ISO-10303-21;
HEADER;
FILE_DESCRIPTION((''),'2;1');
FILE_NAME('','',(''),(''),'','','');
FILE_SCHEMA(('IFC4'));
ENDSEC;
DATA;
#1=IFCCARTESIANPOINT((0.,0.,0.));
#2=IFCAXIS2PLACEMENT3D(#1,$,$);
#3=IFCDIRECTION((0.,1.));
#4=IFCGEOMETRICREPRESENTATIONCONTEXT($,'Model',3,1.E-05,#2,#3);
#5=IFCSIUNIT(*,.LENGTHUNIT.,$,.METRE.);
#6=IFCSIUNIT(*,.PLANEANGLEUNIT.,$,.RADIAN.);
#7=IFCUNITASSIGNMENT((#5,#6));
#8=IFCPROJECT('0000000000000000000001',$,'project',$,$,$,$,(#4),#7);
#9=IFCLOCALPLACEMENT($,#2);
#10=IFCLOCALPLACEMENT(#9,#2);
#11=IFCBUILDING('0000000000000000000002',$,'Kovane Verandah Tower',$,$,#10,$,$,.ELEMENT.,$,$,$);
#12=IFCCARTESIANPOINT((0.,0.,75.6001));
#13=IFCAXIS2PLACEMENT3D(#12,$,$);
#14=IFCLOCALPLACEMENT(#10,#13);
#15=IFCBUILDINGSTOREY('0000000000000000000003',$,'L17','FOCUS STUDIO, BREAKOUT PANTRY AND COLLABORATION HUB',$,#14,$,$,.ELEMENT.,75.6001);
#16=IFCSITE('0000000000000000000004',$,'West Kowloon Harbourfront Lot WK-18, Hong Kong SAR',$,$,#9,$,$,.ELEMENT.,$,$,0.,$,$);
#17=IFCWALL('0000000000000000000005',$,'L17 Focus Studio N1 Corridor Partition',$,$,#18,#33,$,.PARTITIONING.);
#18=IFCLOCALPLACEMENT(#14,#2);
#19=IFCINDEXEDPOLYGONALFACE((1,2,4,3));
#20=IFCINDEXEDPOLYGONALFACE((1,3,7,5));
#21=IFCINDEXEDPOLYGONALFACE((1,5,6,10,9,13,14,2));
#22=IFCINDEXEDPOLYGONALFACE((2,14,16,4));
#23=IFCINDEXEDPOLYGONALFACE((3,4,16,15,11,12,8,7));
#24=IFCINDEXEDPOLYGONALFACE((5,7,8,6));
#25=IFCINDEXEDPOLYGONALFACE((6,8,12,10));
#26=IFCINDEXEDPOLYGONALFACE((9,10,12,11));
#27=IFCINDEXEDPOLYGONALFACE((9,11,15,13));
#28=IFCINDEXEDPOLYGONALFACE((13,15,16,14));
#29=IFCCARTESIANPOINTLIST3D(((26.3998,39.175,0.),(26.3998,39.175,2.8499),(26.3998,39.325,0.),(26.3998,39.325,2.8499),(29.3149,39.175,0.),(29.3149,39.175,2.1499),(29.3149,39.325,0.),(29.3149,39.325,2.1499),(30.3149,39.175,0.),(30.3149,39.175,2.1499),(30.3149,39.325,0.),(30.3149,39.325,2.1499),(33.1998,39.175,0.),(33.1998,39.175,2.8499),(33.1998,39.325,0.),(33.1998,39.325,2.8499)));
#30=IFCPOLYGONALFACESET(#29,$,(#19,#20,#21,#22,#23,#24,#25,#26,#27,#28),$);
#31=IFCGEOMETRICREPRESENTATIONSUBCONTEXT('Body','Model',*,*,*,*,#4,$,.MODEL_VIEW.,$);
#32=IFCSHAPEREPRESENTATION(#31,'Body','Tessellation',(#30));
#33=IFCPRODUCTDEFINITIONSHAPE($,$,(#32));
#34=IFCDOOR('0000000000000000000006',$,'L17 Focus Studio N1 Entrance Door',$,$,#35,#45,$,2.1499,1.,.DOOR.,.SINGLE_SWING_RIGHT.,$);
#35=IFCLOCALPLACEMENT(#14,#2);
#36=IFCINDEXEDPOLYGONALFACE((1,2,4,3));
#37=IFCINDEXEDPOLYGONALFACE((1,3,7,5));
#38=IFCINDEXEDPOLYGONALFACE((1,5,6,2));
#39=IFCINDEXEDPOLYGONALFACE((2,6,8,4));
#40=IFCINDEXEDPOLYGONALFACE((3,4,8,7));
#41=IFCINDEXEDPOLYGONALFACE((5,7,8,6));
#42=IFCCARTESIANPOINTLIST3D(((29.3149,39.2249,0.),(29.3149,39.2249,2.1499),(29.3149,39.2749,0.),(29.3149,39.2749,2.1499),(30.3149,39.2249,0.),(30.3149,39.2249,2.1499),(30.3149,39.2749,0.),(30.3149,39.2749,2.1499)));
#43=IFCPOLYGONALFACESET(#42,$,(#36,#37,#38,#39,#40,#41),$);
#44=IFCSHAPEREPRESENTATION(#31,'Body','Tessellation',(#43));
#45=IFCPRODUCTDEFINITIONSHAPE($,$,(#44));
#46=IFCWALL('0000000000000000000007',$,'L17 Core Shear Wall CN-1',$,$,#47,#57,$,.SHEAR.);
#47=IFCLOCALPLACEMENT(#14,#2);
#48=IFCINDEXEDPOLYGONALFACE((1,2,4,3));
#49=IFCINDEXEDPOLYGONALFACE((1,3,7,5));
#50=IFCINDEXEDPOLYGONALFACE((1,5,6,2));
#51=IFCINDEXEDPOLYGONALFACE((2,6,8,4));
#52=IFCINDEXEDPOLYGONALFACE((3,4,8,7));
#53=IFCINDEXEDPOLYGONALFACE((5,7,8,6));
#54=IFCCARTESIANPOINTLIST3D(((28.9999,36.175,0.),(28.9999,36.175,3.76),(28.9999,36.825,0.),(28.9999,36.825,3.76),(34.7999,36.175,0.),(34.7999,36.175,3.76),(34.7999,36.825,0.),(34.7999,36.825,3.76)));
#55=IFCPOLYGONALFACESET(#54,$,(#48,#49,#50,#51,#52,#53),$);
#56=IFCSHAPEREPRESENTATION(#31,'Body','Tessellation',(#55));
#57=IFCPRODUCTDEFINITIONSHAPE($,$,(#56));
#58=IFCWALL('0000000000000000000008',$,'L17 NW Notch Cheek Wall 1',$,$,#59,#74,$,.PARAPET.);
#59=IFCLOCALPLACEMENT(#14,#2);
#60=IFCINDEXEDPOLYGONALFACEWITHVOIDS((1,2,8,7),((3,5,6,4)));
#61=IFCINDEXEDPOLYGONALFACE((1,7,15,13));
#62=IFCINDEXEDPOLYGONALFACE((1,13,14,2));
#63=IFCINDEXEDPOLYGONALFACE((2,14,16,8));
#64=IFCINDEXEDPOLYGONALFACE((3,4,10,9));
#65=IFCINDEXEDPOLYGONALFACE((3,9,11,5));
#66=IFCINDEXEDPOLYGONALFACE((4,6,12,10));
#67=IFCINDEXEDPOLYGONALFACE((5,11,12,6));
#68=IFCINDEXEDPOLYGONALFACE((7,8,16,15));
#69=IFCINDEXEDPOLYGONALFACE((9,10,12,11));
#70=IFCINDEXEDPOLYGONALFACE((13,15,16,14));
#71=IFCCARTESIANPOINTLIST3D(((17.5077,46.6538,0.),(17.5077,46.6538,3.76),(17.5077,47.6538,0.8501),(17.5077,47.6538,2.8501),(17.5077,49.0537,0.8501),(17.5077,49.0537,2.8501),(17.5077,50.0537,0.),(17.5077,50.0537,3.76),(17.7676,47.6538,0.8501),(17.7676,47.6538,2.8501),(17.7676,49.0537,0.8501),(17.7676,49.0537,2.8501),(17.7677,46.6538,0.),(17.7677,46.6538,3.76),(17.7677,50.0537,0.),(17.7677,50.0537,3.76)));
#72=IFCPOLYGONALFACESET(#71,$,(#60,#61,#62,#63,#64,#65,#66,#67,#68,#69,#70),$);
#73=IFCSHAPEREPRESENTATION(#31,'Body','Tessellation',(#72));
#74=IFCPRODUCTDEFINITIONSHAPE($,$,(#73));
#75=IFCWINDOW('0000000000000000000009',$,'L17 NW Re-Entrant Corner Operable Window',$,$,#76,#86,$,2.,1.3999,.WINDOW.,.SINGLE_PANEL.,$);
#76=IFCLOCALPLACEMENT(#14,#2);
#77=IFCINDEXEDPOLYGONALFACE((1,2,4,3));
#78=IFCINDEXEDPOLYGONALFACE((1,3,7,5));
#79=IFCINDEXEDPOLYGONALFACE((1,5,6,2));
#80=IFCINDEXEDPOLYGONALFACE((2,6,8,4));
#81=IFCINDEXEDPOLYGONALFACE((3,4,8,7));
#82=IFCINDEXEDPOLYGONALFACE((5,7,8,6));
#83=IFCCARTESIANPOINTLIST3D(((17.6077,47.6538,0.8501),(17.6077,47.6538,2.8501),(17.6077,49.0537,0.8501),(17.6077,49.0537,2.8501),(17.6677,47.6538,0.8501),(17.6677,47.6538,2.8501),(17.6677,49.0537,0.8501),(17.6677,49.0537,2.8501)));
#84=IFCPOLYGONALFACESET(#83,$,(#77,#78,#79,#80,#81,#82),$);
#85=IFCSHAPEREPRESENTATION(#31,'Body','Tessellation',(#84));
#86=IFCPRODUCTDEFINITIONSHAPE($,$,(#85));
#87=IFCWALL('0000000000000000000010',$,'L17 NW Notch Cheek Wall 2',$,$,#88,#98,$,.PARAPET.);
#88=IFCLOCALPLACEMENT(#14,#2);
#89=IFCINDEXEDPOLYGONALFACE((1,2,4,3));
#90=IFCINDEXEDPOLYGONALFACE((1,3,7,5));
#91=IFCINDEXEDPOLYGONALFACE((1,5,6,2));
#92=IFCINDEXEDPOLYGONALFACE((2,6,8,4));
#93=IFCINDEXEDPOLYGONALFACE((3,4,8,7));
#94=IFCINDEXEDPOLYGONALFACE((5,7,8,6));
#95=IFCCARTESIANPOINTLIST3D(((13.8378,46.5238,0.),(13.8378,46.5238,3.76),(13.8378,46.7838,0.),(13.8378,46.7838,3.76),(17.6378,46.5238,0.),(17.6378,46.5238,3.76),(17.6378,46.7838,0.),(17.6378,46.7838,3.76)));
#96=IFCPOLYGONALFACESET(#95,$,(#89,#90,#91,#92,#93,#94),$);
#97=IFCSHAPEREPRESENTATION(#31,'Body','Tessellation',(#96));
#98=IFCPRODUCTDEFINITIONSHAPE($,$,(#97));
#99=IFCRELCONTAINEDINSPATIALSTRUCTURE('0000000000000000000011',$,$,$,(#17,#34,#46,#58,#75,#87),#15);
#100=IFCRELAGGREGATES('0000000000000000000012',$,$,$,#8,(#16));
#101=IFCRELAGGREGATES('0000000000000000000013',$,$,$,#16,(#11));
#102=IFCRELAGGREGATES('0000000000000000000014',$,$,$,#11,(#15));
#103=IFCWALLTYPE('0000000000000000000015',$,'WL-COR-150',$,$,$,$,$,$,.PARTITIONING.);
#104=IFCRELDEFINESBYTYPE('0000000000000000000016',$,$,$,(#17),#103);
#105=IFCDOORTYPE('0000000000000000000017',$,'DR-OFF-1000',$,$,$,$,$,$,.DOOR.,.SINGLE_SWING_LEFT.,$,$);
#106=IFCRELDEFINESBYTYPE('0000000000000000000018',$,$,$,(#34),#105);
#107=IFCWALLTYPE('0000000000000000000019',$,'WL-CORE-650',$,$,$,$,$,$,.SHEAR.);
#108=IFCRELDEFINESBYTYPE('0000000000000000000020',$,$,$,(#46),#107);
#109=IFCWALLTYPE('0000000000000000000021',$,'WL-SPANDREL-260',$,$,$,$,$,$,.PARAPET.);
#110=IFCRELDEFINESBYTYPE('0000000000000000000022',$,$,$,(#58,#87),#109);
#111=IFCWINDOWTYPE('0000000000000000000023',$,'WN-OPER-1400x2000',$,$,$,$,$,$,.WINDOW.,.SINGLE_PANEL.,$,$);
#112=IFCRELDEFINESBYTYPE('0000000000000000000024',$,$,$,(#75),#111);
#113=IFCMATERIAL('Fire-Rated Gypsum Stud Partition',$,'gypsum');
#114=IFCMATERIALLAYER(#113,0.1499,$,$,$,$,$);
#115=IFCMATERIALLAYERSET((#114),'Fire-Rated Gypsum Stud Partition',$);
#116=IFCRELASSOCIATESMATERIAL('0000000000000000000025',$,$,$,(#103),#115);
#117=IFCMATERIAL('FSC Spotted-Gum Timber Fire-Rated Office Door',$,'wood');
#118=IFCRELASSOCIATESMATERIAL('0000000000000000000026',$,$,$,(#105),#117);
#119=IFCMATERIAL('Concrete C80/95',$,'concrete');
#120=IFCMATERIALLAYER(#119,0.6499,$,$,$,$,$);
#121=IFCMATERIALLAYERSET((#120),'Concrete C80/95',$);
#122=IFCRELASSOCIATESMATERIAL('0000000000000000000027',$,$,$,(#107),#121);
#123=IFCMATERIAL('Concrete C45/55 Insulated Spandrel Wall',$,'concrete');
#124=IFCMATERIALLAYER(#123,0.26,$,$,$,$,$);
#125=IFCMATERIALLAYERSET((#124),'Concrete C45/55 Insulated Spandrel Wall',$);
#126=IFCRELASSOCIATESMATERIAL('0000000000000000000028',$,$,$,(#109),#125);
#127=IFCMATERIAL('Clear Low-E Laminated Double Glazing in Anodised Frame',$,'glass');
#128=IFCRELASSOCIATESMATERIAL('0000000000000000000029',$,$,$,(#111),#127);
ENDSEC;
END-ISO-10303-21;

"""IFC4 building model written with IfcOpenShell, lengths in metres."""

from ifc_helpers import new_model, si_unit, direction, frame, frame_2d, origin, place, context, subcontext, project, spatial, rectangle, extrude, material, layer, layer_set, type_object, element, fill, save


model = new_model("IFC4")

# Units and contexts
model_context = context("Model", 3, precision=1e-05, world=origin(), true_north=direction((0.0, 1.0)))
body_context = subcontext(model_context, "Body", "Model", "MODEL_VIEW")
ifc_project = project(units=[si_unit("LENGTHUNIT", "METRE"), si_unit("PLANEANGLEUNIT", "RADIAN")], contexts=[model_context])

# Site, building, storey
site_placement = place(None, origin())
site = spatial("IfcSite", under=ifc_project, at=site_placement, Name="West Kowloon Harbourfront Lot WK-18, Hong Kong SAR", CompositionType="ELEMENT", RefElevation=0.0)
building_placement = place(site_placement, origin())
building = spatial("IfcBuilding", under=site, at=building_placement, Name="Kovane Verandah Tower", CompositionType="ELEMENT")
storey_placement = place(building_placement, frame((0.0, 0.0, 75.6001)))
storey = spatial("IfcBuildingStorey", under=building, at=storey_placement, Name="L17", Description="FOCUS STUDIO, BREAKOUT PANTRY AND COLLABORATION HUB", CompositionType="ELEMENT", Elevation=75.6001)

# Shared definitions
ifc_material_1 = material(Name="Concrete C80/95", Category="concrete")

# Wall, opening, door
ifc_material_2 = material(Name="Fire-Rated Gypsum Stud Partition", Category="gypsum")
ifc_layer_1 = layer(ifc_material_2, 0.1499)
ifc_layer_set_1 = layer_set([ifc_layer_1], Name="Fire-Rated Gypsum Stud Partition")
wall_type_1 = type_object("IfcWallType", Name="WL-COR-150", PredefinedType="PARTITIONING", material=ifc_layer_set_1)
wall_1_placement = place(storey_placement, frame((26.3999, 39.25, 0.0), z_axis=(0.0, 0.0, 1.0), x_axis=(1.0, 0.0, 0.0)))
wall_1 = element("IfcWall", 1, at=wall_1_placement, inside=storey, type_object=wall_type_1, Name="L17 Focus Studio N1 Corridor Partition", PredefinedType="PARTITIONING", context=body_context, shape_type="SweptSolid", body=[
    extrude(rectangle(XDim=6.8, YDim=0.1499, at=frame_2d((3.3999, 0.0))), origin(), (0.0, 0.0, 1.0), 2.8499),
])
opening_1_placement = place(wall_1_placement, frame((2.915, 0.0, 0.0)))
opening_1 = element("IfcOpeningElement", 2, at=opening_1_placement, cuts=wall_1, PredefinedType="OPENING", context=body_context, shape_type="SweptSolid", body=[
    extrude(rectangle(XDim=1.0, YDim=2.1499, at=frame_2d((0.5, 1.075))), frame((0.0, 0.075, 0.0), z_axis=(0.0, -1.0, 0.0), x_axis=(1.0, 0.0, 0.0)), (0.0, 0.0, 1.0), 0.1499),
])
ifc_material_3 = material(Name="FSC Spotted-Gum Timber Fire-Rated Office Door", Category="wood")
door_type_1 = type_object("IfcDoorType", Name="DR-OFF-1000", OperationType="SINGLE_SWING_LEFT", PredefinedType="DOOR", material=ifc_material_3)
door_1_placement = place(opening_1_placement, origin())
door_1 = element("IfcDoor", 3, at=door_1_placement, inside=storey, type_object=door_type_1, Name="L17 Focus Studio N1 Entrance Door", OperationType="SINGLE_SWING_RIGHT", OverallHeight=2.1499, OverallWidth=1.0, PredefinedType="DOOR", context=body_context, shape_type="SweptSolid", body=[
    extrude(rectangle(XDim=1.0, YDim=2.1499, at=frame_2d((0.5, 1.075))), frame((0.0, 0.0249, 0.0), z_axis=(0.0, -1.0, 0.0), x_axis=(1.0, 0.0, 0.0)), (0.0, 0.0, 1.0), 0.05),
])
fill(opening_1, door_1)

# Wall
ifc_layer_2 = layer(ifc_material_1, 0.6499)
ifc_layer_set_2 = layer_set([ifc_layer_2], Name="Concrete C80/95")
wall_type_2 = type_object("IfcWallType", Name="WL-CORE-650", PredefinedType="SHEAR", material=ifc_layer_set_2)
wall_2_placement = place(storey_placement, frame((29.0, 36.5, 0.0), z_axis=(0.0, 0.0, 1.0), x_axis=(1.0, 0.0, 0.0)))
element("IfcWall", 4, at=wall_2_placement, inside=storey, type_object=wall_type_2, Name="L17 Core Shear Wall CN-1", PredefinedType="SHEAR", context=body_context, shape_type="SweptSolid", body=[
    extrude(rectangle(XDim=5.8, YDim=0.6499, at=frame_2d((2.8999, 0.0))), origin(), (0.0, 0.0, 1.0), 3.76),
])

# Shared definitions
ifc_material_4 = material(Name="Concrete C45/55 Insulated Spandrel Wall", Category="concrete")
ifc_layer_3 = layer(ifc_material_4, 0.26)
ifc_layer_set_3 = layer_set([ifc_layer_3], Name="Concrete C45/55 Insulated Spandrel Wall")
wall_type_3 = type_object("IfcWallType", Name="WL-SPANDREL-260", PredefinedType="PARAPET", material=ifc_layer_set_3)
ifc_material_5 = material(Name="Clear Low-E Laminated Double Glazing in Anodised Frame", Category="glass")

# Wall, opening, window
wall_3_placement = place(storey_placement, frame((17.6377, 50.0537, 0.0), z_axis=(0.0, 0.0, 1.0), x_axis=(0.0, -1.0, 0.0)))
wall_3 = element("IfcWall", 5, at=wall_3_placement, inside=storey, type_object=wall_type_3, Name="L17 NW Notch Cheek Wall 1", PredefinedType="PARAPET", context=body_context, shape_type="SweptSolid", body=[
    extrude(rectangle(XDim=3.3999, YDim=0.26, at=frame_2d((1.7, 0.0))), origin(), (0.0, 0.0, 1.0), 3.76),
])
opening_2_placement = place(wall_3_placement, frame((1.0, 0.0, 0.8501)))
opening_2 = element("IfcOpeningElement", 6, at=opening_2_placement, cuts=wall_3, PredefinedType="OPENING", context=body_context, shape_type="SweptSolid", body=[
    extrude(rectangle(XDim=1.3999, YDim=2.0, at=frame_2d((0.7, 1.0))), frame((0.0, 0.1299, 0.0), z_axis=(0.0, -1.0, 0.0), x_axis=(1.0, 0.0, 0.0)), (0.0, 0.0, 1.0), 0.26),
])
window_type_1 = type_object("IfcWindowType", Name="WN-OPER-1400x2000", PartitioningType="SINGLE_PANEL", PredefinedType="WINDOW", material=ifc_material_5)
window_1_placement = place(opening_2_placement, origin())
window_1 = element("IfcWindow", 7, at=window_1_placement, inside=storey, type_object=window_type_1, Name="L17 NW Re-Entrant Corner Operable Window", OverallHeight=2.0, OverallWidth=1.3999, PartitioningType="SINGLE_PANEL", PredefinedType="WINDOW", context=body_context, shape_type="SweptSolid", body=[
    extrude(rectangle(XDim=1.3999, YDim=2.0, at=frame_2d((0.7, 1.0))), frame((0.0, 0.03, 0.0), z_axis=(0.0, -1.0, 0.0), x_axis=(1.0, 0.0, 0.0)), (0.0, 0.0, 1.0), 0.0601),
])
fill(opening_2, window_1)

# Wall
wall_4_placement = place(storey_placement, frame((17.6377, 46.6538, 0.0), z_axis=(0.0, 0.0, 1.0), x_axis=(-1.0, 0.0, 0.0)))
element("IfcWall", 8, at=wall_4_placement, inside=storey, type_object=wall_type_3, Name="L17 NW Notch Cheek Wall 2", PredefinedType="PARAPET", context=body_context, shape_type="SweptSolid", body=[
    extrude(rectangle(XDim=3.8, YDim=0.26, at=frame_2d((1.8999, 0.0))), origin(), (0.0, 0.0, 1.0), 3.76),
])

save(model, "model.ifc")
